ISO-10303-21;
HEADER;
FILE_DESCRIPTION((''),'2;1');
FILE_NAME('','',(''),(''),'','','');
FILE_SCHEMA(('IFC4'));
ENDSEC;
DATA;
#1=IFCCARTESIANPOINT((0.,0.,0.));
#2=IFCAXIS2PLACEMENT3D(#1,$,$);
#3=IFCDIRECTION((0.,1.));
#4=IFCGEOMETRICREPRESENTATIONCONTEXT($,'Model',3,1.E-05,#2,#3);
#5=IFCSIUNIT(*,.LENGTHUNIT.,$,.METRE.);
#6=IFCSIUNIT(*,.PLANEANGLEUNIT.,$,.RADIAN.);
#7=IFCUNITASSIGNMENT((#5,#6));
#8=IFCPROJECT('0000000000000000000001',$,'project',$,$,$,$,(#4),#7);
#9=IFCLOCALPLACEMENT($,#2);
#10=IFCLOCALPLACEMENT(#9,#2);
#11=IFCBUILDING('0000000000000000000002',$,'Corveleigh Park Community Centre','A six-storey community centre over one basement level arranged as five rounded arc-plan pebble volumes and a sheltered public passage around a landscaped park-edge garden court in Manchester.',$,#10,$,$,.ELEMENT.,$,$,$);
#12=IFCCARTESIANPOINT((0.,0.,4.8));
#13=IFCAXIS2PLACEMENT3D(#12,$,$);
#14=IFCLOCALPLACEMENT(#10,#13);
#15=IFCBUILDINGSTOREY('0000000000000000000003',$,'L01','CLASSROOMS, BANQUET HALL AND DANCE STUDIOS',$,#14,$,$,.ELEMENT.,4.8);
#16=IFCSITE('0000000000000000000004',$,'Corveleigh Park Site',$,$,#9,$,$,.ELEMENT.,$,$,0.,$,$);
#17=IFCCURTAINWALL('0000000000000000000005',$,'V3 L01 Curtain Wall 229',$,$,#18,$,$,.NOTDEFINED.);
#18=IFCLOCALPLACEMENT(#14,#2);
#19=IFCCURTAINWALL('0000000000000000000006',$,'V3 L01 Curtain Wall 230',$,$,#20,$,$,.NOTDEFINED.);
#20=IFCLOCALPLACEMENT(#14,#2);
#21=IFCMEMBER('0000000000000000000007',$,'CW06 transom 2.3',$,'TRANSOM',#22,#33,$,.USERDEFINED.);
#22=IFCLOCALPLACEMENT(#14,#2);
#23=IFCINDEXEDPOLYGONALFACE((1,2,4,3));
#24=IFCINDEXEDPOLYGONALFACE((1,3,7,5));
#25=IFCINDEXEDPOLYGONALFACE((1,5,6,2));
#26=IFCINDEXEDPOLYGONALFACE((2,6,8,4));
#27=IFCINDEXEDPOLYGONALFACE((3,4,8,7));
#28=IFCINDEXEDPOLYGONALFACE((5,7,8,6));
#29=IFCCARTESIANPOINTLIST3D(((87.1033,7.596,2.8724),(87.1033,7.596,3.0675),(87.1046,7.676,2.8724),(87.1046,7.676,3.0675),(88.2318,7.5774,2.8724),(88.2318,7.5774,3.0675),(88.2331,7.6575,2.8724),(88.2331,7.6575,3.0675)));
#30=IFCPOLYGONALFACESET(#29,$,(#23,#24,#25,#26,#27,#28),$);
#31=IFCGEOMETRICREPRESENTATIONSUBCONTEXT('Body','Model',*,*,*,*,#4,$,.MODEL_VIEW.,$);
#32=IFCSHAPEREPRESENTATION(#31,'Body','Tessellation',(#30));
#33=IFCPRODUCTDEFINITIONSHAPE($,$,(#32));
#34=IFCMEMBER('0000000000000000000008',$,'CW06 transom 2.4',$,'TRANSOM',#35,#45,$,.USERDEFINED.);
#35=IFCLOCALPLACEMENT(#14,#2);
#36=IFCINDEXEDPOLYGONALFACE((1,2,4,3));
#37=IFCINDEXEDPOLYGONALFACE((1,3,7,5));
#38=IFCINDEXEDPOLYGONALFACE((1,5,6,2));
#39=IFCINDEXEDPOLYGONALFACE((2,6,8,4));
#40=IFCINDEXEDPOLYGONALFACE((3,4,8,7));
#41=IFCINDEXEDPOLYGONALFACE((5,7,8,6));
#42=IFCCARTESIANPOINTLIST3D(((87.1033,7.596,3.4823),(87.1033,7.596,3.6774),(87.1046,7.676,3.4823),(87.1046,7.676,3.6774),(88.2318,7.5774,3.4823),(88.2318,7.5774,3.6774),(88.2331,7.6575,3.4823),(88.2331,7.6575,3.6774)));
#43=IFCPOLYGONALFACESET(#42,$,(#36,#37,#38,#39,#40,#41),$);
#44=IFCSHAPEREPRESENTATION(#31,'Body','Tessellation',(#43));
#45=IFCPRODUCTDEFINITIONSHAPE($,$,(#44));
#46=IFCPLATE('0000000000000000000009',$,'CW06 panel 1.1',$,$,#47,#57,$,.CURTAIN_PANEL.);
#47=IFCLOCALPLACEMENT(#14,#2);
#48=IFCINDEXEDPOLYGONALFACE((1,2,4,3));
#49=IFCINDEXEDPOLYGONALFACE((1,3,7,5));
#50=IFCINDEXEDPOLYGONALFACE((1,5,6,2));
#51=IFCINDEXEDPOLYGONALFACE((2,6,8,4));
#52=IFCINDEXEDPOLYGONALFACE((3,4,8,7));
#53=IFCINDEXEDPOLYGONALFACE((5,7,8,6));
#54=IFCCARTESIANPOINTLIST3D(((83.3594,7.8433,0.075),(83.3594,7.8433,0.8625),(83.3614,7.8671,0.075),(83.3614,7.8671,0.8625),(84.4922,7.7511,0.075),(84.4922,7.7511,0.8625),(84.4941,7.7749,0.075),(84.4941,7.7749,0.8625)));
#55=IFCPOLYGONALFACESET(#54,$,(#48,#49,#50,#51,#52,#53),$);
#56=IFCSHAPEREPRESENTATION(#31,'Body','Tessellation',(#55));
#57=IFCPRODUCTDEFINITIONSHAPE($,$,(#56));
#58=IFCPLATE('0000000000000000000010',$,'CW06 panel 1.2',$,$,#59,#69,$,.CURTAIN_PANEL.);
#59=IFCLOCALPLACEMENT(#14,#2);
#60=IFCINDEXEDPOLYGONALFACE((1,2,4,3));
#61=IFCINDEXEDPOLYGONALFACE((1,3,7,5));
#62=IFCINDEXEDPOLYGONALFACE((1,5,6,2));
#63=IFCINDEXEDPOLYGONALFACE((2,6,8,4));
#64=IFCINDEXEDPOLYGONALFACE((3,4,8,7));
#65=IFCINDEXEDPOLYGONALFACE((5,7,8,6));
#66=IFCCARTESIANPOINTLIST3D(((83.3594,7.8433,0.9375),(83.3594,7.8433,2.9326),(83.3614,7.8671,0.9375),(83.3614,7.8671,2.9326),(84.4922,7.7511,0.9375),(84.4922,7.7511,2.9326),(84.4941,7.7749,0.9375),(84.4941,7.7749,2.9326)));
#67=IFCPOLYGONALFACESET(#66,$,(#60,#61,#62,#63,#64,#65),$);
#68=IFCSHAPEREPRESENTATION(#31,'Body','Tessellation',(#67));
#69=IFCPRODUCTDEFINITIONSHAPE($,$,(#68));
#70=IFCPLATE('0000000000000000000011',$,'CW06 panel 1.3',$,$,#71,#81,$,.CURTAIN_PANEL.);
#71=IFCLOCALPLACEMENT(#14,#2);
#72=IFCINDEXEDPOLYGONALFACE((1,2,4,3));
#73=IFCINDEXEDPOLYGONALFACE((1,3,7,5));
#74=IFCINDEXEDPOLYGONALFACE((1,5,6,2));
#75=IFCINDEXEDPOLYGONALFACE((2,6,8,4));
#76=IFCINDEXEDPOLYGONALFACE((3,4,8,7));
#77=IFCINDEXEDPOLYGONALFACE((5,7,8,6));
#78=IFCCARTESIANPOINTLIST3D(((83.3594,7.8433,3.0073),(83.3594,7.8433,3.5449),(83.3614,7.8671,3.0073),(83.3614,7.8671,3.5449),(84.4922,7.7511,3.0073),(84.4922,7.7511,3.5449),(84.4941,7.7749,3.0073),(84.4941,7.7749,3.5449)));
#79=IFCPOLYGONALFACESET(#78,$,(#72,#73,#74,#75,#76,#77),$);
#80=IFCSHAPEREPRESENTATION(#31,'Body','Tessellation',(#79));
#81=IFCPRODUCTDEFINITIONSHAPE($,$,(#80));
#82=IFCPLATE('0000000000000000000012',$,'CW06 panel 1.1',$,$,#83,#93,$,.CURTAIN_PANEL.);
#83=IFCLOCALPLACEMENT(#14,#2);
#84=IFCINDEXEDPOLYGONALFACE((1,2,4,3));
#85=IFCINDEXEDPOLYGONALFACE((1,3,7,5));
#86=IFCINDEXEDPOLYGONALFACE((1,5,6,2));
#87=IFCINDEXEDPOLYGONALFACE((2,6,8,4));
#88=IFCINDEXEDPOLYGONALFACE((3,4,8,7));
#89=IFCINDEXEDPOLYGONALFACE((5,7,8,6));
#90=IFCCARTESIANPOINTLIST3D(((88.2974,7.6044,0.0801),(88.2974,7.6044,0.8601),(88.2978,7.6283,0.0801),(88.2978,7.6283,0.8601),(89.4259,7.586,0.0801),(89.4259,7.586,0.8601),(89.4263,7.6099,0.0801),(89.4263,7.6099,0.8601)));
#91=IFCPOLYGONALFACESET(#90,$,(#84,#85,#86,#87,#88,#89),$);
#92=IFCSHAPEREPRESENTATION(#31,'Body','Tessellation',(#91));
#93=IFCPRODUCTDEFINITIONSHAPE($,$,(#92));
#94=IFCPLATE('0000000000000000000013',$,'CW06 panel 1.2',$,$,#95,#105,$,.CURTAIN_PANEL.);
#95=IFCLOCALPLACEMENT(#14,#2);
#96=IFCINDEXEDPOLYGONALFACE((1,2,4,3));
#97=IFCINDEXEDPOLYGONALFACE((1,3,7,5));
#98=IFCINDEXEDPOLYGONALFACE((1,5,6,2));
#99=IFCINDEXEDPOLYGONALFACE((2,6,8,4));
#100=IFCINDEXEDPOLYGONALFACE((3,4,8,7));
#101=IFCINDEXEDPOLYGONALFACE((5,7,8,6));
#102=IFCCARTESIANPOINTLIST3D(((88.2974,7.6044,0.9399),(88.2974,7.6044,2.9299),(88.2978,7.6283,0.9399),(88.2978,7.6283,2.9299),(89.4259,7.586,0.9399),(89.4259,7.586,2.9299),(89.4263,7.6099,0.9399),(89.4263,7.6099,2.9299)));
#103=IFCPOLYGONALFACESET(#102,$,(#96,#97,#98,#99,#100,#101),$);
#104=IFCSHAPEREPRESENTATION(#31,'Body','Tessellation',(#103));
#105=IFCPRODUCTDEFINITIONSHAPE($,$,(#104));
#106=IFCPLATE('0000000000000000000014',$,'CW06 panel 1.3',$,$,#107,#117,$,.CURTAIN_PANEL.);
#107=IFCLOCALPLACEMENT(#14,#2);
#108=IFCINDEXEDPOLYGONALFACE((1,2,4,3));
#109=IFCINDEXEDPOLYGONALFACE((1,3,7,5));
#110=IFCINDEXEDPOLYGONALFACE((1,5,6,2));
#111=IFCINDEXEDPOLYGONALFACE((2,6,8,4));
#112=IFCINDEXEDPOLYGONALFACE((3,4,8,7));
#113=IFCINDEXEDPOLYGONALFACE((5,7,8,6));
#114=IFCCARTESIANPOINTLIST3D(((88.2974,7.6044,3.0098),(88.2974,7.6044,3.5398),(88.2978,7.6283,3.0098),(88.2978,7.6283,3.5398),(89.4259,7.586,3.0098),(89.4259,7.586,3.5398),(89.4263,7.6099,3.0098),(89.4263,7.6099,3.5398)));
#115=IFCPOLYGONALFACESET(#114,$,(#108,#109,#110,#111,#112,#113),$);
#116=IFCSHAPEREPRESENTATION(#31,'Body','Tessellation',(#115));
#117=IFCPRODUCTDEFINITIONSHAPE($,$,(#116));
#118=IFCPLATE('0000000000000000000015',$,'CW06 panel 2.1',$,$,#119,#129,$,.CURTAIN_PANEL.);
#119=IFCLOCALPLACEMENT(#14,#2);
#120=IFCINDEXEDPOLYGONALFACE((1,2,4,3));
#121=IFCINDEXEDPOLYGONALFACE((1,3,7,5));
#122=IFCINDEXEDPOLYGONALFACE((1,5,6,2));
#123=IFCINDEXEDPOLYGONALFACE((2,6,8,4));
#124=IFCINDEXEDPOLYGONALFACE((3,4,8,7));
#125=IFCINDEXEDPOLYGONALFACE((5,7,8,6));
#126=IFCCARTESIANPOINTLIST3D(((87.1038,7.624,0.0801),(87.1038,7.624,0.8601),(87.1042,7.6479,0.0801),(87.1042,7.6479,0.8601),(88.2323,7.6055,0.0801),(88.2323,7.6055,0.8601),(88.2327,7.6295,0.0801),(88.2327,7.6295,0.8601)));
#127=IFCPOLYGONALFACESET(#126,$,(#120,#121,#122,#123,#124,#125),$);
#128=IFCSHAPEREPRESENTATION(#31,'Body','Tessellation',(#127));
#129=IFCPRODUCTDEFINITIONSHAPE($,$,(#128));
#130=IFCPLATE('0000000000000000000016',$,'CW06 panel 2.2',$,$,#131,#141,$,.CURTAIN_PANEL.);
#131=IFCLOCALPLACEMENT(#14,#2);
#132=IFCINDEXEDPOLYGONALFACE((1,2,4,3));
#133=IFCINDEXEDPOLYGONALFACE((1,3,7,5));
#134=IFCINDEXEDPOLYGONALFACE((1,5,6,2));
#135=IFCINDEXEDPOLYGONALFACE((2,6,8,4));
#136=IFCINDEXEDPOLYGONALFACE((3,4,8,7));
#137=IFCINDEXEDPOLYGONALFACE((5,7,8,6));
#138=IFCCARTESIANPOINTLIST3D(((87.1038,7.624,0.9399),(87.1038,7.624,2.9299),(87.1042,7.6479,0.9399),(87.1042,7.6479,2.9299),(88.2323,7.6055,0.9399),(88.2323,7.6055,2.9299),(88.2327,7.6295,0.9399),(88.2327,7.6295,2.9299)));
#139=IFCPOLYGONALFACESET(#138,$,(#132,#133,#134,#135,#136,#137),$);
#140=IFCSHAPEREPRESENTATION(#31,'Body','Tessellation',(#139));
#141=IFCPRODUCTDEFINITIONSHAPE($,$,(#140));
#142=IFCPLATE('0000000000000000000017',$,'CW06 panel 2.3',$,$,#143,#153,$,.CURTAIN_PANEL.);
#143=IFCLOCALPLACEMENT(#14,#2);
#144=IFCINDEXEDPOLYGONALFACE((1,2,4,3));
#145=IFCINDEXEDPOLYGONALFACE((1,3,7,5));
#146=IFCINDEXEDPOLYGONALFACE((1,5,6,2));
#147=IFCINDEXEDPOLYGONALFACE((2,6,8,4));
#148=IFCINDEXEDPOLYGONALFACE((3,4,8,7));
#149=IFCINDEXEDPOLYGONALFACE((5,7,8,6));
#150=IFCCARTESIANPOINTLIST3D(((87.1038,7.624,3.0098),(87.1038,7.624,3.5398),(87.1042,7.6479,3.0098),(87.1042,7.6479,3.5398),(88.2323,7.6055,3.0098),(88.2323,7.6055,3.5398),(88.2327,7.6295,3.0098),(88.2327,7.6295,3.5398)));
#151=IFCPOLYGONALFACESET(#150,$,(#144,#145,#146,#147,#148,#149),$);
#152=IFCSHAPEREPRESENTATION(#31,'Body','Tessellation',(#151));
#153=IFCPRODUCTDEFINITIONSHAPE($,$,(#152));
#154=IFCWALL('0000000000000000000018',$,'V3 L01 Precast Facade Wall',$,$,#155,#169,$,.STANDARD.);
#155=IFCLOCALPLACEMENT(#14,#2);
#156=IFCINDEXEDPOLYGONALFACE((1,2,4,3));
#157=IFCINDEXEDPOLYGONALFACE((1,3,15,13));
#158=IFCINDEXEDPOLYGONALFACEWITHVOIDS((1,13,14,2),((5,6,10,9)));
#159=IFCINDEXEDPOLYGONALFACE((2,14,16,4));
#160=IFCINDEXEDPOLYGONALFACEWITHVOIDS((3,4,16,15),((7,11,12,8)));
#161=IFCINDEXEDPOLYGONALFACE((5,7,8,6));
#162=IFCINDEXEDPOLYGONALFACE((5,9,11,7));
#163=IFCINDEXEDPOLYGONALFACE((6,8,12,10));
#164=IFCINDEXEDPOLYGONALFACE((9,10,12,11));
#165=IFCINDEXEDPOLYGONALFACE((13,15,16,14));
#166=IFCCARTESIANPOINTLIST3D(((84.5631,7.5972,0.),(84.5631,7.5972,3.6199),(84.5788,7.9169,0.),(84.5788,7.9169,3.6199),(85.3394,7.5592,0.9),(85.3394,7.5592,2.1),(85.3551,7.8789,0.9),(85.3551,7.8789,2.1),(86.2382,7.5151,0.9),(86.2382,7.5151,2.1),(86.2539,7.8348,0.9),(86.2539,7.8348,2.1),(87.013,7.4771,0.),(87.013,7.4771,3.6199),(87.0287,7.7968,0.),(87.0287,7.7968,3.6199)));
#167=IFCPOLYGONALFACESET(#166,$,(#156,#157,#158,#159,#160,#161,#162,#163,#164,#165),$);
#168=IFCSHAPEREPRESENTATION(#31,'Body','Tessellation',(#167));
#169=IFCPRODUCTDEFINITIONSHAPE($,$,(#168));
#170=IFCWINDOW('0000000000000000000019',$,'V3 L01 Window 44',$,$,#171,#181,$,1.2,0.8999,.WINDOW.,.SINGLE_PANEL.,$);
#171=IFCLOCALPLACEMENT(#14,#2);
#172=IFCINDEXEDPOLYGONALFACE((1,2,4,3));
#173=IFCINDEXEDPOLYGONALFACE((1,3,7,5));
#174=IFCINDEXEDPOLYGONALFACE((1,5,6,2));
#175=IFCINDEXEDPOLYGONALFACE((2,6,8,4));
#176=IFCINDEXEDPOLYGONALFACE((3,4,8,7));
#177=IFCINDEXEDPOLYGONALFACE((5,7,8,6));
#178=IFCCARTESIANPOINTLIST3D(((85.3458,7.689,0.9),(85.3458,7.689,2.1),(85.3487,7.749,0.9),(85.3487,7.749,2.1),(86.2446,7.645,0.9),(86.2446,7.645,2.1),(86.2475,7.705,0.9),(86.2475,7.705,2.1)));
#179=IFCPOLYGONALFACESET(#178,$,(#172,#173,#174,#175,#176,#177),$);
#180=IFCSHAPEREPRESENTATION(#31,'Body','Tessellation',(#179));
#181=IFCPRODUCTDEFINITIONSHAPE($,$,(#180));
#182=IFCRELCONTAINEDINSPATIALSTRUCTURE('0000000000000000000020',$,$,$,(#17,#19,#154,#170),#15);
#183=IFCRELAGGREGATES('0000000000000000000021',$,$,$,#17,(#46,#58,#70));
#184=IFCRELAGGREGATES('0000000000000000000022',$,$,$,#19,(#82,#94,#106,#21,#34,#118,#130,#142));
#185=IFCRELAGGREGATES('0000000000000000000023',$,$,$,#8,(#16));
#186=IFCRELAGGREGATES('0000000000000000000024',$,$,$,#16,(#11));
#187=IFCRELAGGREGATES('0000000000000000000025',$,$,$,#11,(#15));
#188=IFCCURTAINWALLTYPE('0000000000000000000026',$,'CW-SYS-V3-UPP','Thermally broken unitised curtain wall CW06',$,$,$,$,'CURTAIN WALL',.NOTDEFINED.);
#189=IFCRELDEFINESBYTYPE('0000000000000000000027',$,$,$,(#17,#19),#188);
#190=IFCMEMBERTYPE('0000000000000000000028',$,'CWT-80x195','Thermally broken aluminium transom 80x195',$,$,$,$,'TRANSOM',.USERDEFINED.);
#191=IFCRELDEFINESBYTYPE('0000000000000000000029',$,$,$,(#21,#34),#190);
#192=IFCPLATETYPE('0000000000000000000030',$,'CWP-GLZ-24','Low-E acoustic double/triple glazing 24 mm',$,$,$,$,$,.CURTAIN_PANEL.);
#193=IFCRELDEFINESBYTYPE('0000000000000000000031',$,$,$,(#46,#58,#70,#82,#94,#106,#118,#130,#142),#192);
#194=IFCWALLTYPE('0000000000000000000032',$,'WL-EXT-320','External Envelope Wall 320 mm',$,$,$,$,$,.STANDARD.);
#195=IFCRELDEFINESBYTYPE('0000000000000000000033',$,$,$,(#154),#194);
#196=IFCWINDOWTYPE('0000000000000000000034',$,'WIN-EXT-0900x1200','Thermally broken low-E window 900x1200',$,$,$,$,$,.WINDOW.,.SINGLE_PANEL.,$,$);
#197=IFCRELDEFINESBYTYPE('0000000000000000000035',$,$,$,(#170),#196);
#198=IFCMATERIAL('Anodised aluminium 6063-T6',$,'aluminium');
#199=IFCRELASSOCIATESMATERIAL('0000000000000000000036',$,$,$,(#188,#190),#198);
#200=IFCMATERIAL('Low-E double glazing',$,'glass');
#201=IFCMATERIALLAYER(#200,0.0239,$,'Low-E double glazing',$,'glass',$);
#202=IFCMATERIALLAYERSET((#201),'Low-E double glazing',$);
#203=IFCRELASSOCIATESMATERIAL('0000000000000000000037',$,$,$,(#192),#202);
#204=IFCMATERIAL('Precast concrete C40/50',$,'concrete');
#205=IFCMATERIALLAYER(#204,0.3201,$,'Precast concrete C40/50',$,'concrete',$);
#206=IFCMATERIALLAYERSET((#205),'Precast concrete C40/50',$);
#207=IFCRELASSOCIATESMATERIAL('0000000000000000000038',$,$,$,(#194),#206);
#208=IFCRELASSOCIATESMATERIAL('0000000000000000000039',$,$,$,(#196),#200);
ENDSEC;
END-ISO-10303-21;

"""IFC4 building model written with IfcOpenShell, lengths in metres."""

from ifc_helpers import new_model, si_unit, direction, frame, frame_2d, origin, origin_2d, place, context, subcontext, project, spatial, rectangle, extrude, material, layer, layer_set, material_profile, profile_set, type_object, element, fill, aggregate, save


model = new_model("IFC4")

# Units and contexts
model_context = context("Model", 3, precision=1e-05, world=origin(), true_north=direction((0.0, 1.0)))
body_context = subcontext(model_context, "Body", "Model", "MODEL_VIEW")
ifc_project = project(units=[si_unit("LENGTHUNIT", "METRE"), si_unit("PLANEANGLEUNIT", "RADIAN")], contexts=[model_context])

# Site, building, storey
site_placement = place(None, origin())
site = spatial("IfcSite", under=ifc_project, at=site_placement, Name="Corveleigh Park Site", CompositionType="ELEMENT", RefElevation=0.0)
building_placement = place(site_placement, origin())
building = spatial("IfcBuilding", under=site, at=building_placement, Name="Corveleigh Park Community Centre", Description="A six-storey community centre over one basement level arranged as five rounded arc-plan pebble volumes and a sheltered public passage around a landscaped park-edge garden court in Manchester.", CompositionType="ELEMENT")
storey_placement = place(building_placement, frame((0.0, 0.0, 4.8)))
storey = spatial("IfcBuildingStorey", under=building, at=storey_placement, Name="L01", Description="CLASSROOMS, BANQUET HALL AND DANCE STUDIOS", CompositionType="ELEMENT", Elevation=4.8)

# Curtain walls
ifc_material_1 = material(Name="Anodised aluminium 6063-T6", Category="aluminium")
curtain_wall_type = type_object("IfcCurtainWallType", Name="CW-SYS-V3-UPP", Description="Thermally broken unitised curtain wall CW06", ElementType="CURTAIN WALL", PredefinedType="NOTDEFINED", material=ifc_material_1)
curtain_wall_1_placement = place(storey_placement, origin())
curtain_wall_1 = element("IfcCurtainWall", 1, at=curtain_wall_1_placement, inside=storey, type_object=curtain_wall_type, Name="V3 L01 Curtain Wall 229", PredefinedType="NOTDEFINED")
curtain_wall_2_placement = place(storey_placement, origin())
curtain_wall_2 = element("IfcCurtainWall", 2, at=curtain_wall_2_placement, inside=storey, type_object=curtain_wall_type, Name="V3 L01 Curtain Wall 230", PredefinedType="NOTDEFINED")

# Members
ifc_material_profile_1 = material_profile(ifc_material_1, rectangle(XDim=0.0801, YDim=0.1951, at=origin_2d()), Name="ALU-T80x195", Category="aluminium")
ifc_profile_set_1 = profile_set([ifc_material_profile_1], Name="Anodised aluminium 6063-T6")
member_type_1 = type_object("IfcMemberType", Name="CWT-80x195", Description="Thermally broken aluminium transom 80x195", ElementType="TRANSOM", PredefinedType="USERDEFINED", material=ifc_profile_set_1)
member_1_placement = place(storey_placement, frame((88.2324, 7.6174, 2.97), z_axis=(-0.999865, 0.016441, 0.0), x_axis=(-0.016441, -0.999865, 0.0)))
member_1 = element("IfcMember", 3, at=member_1_placement, type_object=member_type_1, Name="CW06 transom 2.3", ObjectType="TRANSOM", PredefinedType="USERDEFINED", context=body_context, shape_type="SweptSolid", body=[
    extrude(rectangle(XDim=0.0801, YDim=0.1951, at=origin_2d()), origin(), (0.0, 0.0, 1.0), 1.1287),
])
member_2_placement = place(storey_placement, frame((88.2324, 7.6174, 3.5798), z_axis=(-0.999865, 0.016441, 0.0), x_axis=(-0.016441, -0.999865, 0.0)))
member_2 = element("IfcMember", 4, at=member_2_placement, type_object=member_type_1, Name="CW06 transom 2.4", ObjectType="TRANSOM", PredefinedType="USERDEFINED", context=body_context, shape_type="SweptSolid", body=[
    extrude(rectangle(XDim=0.0801, YDim=0.1951, at=origin_2d()), origin(), (0.0, 0.0, 1.0), 1.1287),
])

# Plates
ifc_material_2 = material(Name="Low-E double glazing", Category="glass")
ifc_layer_1 = layer(ifc_material_2, 0.0239, Name="Low-E double glazing", Category="glass")
ifc_layer_set_1 = layer_set([ifc_layer_1], Name="Low-E double glazing")
plate_type = type_object("IfcPlateType", Name="CWP-GLZ-24", Description="Low-E acoustic double/triple glazing 24 mm", PredefinedType="CURTAIN_PANEL", material=ifc_layer_set_1)
plate_1_placement = place(storey_placement, frame((83.9268, 7.8091, 0.075), z_axis=(0.0, 0.0, 1.0), x_axis=(-0.996704, 0.081122, 0.0)))
plate_1 = element("IfcPlate", 5, at=plate_1_placement, type_object=plate_type, Name="CW06 panel 1.1", PredefinedType="CURTAIN_PANEL", context=body_context, shape_type="SweptSolid", body=[
    extrude(rectangle(XDim=1.1365, YDim=0.0239, at=origin_2d()), origin(), (0.0, 0.0, 1.0), 0.7876),
])
plate_2_placement = place(storey_placement, frame((83.9268, 7.8091, 0.9375), z_axis=(0.0, 0.0, 1.0), x_axis=(-0.996704, 0.081122, 0.0)))
plate_2 = element("IfcPlate", 6, at=plate_2_placement, type_object=plate_type, Name="CW06 panel 1.2", PredefinedType="CURTAIN_PANEL", context=body_context, shape_type="SweptSolid", body=[
    extrude(rectangle(XDim=1.1365, YDim=0.0239, at=origin_2d()), origin(), (0.0, 0.0, 1.0), 1.9951),
])
plate_3_placement = place(storey_placement, frame((83.9268, 7.8091, 3.0073), z_axis=(0.0, 0.0, 1.0), x_axis=(-0.996704, 0.081122, 0.0)))
plate_3 = element("IfcPlate", 7, at=plate_3_placement, type_object=plate_type, Name="CW06 panel 1.3", PredefinedType="CURTAIN_PANEL", context=body_context, shape_type="SweptSolid", body=[
    extrude(rectangle(XDim=1.1365, YDim=0.0239, at=origin_2d()), origin(), (0.0, 0.0, 1.0), 0.5376),
])
aggregate(curtain_wall_1, [plate_1, plate_2, plate_3])
plate_4_placement = place(storey_placement, frame((88.8618, 7.6072, 0.0801), z_axis=(0.0, 0.0, 1.0), x_axis=(-0.999867, 0.016311, 0.0)))
plate_4 = element("IfcPlate", 8, at=plate_4_placement, type_object=plate_type, Name="CW06 panel 1.1", PredefinedType="CURTAIN_PANEL", context=body_context, shape_type="SweptSolid", body=[
    extrude(rectangle(XDim=1.1287, YDim=0.0239, at=origin_2d()), origin(), (0.0, 0.0, 1.0), 0.78),
])
plate_5_placement = place(storey_placement, frame((88.8618, 7.6072, 0.9399), z_axis=(0.0, 0.0, 1.0), x_axis=(-0.999867, 0.016311, 0.0)))
plate_5 = element("IfcPlate", 9, at=plate_5_placement, type_object=plate_type, Name="CW06 panel 1.2", PredefinedType="CURTAIN_PANEL", context=body_context, shape_type="SweptSolid", body=[
    extrude(rectangle(XDim=1.1287, YDim=0.0239, at=origin_2d()), origin(), (0.0, 0.0, 1.0), 1.99),
])
plate_6_placement = place(storey_placement, frame((88.8618, 7.6072, 3.0098), z_axis=(0.0, 0.0, 1.0), x_axis=(-0.999867, 0.016311, 0.0)))
plate_6 = element("IfcPlate", 10, at=plate_6_placement, type_object=plate_type, Name="CW06 panel 1.3", PredefinedType="CURTAIN_PANEL", context=body_context, shape_type="SweptSolid", body=[
    extrude(rectangle(XDim=1.1287, YDim=0.0239, at=origin_2d()), origin(), (0.0, 0.0, 1.0), 0.53),
])
plate_7_placement = place(storey_placement, frame((87.6682, 7.6267, 0.0801), z_axis=(0.0, 0.0, 1.0), x_axis=(-0.999867, 0.016311, 0.0)))
plate_7 = element("IfcPlate", 11, at=plate_7_placement, type_object=plate_type, Name="CW06 panel 2.1", PredefinedType="CURTAIN_PANEL", context=body_context, shape_type="SweptSolid", body=[
    extrude(rectangle(XDim=1.1287, YDim=0.0239, at=origin_2d()), origin(), (0.0, 0.0, 1.0), 0.78),
])
plate_8_placement = place(storey_placement, frame((87.6682, 7.6267, 0.9399), z_axis=(0.0, 0.0, 1.0), x_axis=(-0.999867, 0.016311, 0.0)))
plate_8 = element("IfcPlate", 12, at=plate_8_placement, type_object=plate_type, Name="CW06 panel 2.2", PredefinedType="CURTAIN_PANEL", context=body_context, shape_type="SweptSolid", body=[
    extrude(rectangle(XDim=1.1287, YDim=0.0239, at=origin_2d()), origin(), (0.0, 0.0, 1.0), 1.99),
])
plate_9_placement = place(storey_placement, frame((87.6682, 7.6267, 3.0098), z_axis=(0.0, 0.0, 1.0), x_axis=(-0.999867, 0.016311, 0.0)))
plate_9 = element("IfcPlate", 13, at=plate_9_placement, type_object=plate_type, Name="CW06 panel 2.3", PredefinedType="CURTAIN_PANEL", context=body_context, shape_type="SweptSolid", body=[
    extrude(rectangle(XDim=1.1287, YDim=0.0239, at=origin_2d()), origin(), (0.0, 0.0, 1.0), 0.53),
])
aggregate(curtain_wall_2, [plate_4, plate_5, plate_6, member_1, member_2, plate_7, plate_8, plate_9])

# Wall, opening, window
ifc_material_3 = material(Name="Precast concrete C40/50", Category="concrete")
ifc_layer_2 = layer(ifc_material_3, 0.3201, Name="Precast concrete C40/50", Category="concrete")
ifc_layer_set_2 = layer_set([ifc_layer_2], Name="Precast concrete C40/50")
wall_type = type_object("IfcWallType", Name="WL-EXT-320", Description="External Envelope Wall 320 mm", PredefinedType="STANDARD", material=ifc_layer_set_2)
wall_placement = place(storey_placement, frame((87.021, 7.637, 0.0), z_axis=(0.0, 0.0, 1.0), x_axis=(-0.9988, 0.04897, 0.0)))
wall = element("IfcWall", 14, at=wall_placement, inside=storey, type_object=wall_type, Name="V3 L01 Precast Facade Wall", PredefinedType="STANDARD", context=body_context, shape_type="SweptSolid", body=[
    extrude(rectangle(XDim=2.4529, YDim=0.3201, at=frame_2d((1.2266, 0.0))), origin(), (0.0, 0.0, 1.0), 3.6199),
])
opening_placement = place(wall_placement, frame((0.7759, 0.0, 0.8999)))
opening = element("IfcOpeningElement", 15, at=opening_placement, cuts=wall, PredefinedType="OPENING", context=body_context, shape_type="SweptSolid", body=[
    extrude(rectangle(XDim=0.8999, YDim=1.2, at=frame_2d((0.45, 0.6001))), frame((0.0, 0.1699, 0.0), z_axis=(0.0, -1.0, 0.0), x_axis=(1.0, 0.0, 0.0)), (0.0, 0.0, 1.0), 0.3401),
])
window_type = type_object("IfcWindowType", Name="WIN-EXT-0900x1200", Description="Thermally broken low-E window 900x1200", PartitioningType="SINGLE_PANEL", PredefinedType="WINDOW", material=ifc_material_2)
window_placement = place(opening_placement, origin())
window = element("IfcWindow", 16, at=window_placement, inside=storey, type_object=window_type, Name="V3 L01 Window 44", OverallHeight=1.2, OverallWidth=0.8999, PartitioningType="SINGLE_PANEL", PredefinedType="WINDOW", context=body_context, shape_type="SweptSolid", body=[
    extrude(rectangle(XDim=0.8999, YDim=1.2, at=frame_2d((0.45, 0.6001))), frame((0.0, 0.03, 0.0), z_axis=(0.0, -1.0, 0.0), x_axis=(1.0, 0.0, 0.0)), (0.0, 0.0, 1.0), 0.0601),
])
fill(opening, window)

save(model, "model.ifc")
